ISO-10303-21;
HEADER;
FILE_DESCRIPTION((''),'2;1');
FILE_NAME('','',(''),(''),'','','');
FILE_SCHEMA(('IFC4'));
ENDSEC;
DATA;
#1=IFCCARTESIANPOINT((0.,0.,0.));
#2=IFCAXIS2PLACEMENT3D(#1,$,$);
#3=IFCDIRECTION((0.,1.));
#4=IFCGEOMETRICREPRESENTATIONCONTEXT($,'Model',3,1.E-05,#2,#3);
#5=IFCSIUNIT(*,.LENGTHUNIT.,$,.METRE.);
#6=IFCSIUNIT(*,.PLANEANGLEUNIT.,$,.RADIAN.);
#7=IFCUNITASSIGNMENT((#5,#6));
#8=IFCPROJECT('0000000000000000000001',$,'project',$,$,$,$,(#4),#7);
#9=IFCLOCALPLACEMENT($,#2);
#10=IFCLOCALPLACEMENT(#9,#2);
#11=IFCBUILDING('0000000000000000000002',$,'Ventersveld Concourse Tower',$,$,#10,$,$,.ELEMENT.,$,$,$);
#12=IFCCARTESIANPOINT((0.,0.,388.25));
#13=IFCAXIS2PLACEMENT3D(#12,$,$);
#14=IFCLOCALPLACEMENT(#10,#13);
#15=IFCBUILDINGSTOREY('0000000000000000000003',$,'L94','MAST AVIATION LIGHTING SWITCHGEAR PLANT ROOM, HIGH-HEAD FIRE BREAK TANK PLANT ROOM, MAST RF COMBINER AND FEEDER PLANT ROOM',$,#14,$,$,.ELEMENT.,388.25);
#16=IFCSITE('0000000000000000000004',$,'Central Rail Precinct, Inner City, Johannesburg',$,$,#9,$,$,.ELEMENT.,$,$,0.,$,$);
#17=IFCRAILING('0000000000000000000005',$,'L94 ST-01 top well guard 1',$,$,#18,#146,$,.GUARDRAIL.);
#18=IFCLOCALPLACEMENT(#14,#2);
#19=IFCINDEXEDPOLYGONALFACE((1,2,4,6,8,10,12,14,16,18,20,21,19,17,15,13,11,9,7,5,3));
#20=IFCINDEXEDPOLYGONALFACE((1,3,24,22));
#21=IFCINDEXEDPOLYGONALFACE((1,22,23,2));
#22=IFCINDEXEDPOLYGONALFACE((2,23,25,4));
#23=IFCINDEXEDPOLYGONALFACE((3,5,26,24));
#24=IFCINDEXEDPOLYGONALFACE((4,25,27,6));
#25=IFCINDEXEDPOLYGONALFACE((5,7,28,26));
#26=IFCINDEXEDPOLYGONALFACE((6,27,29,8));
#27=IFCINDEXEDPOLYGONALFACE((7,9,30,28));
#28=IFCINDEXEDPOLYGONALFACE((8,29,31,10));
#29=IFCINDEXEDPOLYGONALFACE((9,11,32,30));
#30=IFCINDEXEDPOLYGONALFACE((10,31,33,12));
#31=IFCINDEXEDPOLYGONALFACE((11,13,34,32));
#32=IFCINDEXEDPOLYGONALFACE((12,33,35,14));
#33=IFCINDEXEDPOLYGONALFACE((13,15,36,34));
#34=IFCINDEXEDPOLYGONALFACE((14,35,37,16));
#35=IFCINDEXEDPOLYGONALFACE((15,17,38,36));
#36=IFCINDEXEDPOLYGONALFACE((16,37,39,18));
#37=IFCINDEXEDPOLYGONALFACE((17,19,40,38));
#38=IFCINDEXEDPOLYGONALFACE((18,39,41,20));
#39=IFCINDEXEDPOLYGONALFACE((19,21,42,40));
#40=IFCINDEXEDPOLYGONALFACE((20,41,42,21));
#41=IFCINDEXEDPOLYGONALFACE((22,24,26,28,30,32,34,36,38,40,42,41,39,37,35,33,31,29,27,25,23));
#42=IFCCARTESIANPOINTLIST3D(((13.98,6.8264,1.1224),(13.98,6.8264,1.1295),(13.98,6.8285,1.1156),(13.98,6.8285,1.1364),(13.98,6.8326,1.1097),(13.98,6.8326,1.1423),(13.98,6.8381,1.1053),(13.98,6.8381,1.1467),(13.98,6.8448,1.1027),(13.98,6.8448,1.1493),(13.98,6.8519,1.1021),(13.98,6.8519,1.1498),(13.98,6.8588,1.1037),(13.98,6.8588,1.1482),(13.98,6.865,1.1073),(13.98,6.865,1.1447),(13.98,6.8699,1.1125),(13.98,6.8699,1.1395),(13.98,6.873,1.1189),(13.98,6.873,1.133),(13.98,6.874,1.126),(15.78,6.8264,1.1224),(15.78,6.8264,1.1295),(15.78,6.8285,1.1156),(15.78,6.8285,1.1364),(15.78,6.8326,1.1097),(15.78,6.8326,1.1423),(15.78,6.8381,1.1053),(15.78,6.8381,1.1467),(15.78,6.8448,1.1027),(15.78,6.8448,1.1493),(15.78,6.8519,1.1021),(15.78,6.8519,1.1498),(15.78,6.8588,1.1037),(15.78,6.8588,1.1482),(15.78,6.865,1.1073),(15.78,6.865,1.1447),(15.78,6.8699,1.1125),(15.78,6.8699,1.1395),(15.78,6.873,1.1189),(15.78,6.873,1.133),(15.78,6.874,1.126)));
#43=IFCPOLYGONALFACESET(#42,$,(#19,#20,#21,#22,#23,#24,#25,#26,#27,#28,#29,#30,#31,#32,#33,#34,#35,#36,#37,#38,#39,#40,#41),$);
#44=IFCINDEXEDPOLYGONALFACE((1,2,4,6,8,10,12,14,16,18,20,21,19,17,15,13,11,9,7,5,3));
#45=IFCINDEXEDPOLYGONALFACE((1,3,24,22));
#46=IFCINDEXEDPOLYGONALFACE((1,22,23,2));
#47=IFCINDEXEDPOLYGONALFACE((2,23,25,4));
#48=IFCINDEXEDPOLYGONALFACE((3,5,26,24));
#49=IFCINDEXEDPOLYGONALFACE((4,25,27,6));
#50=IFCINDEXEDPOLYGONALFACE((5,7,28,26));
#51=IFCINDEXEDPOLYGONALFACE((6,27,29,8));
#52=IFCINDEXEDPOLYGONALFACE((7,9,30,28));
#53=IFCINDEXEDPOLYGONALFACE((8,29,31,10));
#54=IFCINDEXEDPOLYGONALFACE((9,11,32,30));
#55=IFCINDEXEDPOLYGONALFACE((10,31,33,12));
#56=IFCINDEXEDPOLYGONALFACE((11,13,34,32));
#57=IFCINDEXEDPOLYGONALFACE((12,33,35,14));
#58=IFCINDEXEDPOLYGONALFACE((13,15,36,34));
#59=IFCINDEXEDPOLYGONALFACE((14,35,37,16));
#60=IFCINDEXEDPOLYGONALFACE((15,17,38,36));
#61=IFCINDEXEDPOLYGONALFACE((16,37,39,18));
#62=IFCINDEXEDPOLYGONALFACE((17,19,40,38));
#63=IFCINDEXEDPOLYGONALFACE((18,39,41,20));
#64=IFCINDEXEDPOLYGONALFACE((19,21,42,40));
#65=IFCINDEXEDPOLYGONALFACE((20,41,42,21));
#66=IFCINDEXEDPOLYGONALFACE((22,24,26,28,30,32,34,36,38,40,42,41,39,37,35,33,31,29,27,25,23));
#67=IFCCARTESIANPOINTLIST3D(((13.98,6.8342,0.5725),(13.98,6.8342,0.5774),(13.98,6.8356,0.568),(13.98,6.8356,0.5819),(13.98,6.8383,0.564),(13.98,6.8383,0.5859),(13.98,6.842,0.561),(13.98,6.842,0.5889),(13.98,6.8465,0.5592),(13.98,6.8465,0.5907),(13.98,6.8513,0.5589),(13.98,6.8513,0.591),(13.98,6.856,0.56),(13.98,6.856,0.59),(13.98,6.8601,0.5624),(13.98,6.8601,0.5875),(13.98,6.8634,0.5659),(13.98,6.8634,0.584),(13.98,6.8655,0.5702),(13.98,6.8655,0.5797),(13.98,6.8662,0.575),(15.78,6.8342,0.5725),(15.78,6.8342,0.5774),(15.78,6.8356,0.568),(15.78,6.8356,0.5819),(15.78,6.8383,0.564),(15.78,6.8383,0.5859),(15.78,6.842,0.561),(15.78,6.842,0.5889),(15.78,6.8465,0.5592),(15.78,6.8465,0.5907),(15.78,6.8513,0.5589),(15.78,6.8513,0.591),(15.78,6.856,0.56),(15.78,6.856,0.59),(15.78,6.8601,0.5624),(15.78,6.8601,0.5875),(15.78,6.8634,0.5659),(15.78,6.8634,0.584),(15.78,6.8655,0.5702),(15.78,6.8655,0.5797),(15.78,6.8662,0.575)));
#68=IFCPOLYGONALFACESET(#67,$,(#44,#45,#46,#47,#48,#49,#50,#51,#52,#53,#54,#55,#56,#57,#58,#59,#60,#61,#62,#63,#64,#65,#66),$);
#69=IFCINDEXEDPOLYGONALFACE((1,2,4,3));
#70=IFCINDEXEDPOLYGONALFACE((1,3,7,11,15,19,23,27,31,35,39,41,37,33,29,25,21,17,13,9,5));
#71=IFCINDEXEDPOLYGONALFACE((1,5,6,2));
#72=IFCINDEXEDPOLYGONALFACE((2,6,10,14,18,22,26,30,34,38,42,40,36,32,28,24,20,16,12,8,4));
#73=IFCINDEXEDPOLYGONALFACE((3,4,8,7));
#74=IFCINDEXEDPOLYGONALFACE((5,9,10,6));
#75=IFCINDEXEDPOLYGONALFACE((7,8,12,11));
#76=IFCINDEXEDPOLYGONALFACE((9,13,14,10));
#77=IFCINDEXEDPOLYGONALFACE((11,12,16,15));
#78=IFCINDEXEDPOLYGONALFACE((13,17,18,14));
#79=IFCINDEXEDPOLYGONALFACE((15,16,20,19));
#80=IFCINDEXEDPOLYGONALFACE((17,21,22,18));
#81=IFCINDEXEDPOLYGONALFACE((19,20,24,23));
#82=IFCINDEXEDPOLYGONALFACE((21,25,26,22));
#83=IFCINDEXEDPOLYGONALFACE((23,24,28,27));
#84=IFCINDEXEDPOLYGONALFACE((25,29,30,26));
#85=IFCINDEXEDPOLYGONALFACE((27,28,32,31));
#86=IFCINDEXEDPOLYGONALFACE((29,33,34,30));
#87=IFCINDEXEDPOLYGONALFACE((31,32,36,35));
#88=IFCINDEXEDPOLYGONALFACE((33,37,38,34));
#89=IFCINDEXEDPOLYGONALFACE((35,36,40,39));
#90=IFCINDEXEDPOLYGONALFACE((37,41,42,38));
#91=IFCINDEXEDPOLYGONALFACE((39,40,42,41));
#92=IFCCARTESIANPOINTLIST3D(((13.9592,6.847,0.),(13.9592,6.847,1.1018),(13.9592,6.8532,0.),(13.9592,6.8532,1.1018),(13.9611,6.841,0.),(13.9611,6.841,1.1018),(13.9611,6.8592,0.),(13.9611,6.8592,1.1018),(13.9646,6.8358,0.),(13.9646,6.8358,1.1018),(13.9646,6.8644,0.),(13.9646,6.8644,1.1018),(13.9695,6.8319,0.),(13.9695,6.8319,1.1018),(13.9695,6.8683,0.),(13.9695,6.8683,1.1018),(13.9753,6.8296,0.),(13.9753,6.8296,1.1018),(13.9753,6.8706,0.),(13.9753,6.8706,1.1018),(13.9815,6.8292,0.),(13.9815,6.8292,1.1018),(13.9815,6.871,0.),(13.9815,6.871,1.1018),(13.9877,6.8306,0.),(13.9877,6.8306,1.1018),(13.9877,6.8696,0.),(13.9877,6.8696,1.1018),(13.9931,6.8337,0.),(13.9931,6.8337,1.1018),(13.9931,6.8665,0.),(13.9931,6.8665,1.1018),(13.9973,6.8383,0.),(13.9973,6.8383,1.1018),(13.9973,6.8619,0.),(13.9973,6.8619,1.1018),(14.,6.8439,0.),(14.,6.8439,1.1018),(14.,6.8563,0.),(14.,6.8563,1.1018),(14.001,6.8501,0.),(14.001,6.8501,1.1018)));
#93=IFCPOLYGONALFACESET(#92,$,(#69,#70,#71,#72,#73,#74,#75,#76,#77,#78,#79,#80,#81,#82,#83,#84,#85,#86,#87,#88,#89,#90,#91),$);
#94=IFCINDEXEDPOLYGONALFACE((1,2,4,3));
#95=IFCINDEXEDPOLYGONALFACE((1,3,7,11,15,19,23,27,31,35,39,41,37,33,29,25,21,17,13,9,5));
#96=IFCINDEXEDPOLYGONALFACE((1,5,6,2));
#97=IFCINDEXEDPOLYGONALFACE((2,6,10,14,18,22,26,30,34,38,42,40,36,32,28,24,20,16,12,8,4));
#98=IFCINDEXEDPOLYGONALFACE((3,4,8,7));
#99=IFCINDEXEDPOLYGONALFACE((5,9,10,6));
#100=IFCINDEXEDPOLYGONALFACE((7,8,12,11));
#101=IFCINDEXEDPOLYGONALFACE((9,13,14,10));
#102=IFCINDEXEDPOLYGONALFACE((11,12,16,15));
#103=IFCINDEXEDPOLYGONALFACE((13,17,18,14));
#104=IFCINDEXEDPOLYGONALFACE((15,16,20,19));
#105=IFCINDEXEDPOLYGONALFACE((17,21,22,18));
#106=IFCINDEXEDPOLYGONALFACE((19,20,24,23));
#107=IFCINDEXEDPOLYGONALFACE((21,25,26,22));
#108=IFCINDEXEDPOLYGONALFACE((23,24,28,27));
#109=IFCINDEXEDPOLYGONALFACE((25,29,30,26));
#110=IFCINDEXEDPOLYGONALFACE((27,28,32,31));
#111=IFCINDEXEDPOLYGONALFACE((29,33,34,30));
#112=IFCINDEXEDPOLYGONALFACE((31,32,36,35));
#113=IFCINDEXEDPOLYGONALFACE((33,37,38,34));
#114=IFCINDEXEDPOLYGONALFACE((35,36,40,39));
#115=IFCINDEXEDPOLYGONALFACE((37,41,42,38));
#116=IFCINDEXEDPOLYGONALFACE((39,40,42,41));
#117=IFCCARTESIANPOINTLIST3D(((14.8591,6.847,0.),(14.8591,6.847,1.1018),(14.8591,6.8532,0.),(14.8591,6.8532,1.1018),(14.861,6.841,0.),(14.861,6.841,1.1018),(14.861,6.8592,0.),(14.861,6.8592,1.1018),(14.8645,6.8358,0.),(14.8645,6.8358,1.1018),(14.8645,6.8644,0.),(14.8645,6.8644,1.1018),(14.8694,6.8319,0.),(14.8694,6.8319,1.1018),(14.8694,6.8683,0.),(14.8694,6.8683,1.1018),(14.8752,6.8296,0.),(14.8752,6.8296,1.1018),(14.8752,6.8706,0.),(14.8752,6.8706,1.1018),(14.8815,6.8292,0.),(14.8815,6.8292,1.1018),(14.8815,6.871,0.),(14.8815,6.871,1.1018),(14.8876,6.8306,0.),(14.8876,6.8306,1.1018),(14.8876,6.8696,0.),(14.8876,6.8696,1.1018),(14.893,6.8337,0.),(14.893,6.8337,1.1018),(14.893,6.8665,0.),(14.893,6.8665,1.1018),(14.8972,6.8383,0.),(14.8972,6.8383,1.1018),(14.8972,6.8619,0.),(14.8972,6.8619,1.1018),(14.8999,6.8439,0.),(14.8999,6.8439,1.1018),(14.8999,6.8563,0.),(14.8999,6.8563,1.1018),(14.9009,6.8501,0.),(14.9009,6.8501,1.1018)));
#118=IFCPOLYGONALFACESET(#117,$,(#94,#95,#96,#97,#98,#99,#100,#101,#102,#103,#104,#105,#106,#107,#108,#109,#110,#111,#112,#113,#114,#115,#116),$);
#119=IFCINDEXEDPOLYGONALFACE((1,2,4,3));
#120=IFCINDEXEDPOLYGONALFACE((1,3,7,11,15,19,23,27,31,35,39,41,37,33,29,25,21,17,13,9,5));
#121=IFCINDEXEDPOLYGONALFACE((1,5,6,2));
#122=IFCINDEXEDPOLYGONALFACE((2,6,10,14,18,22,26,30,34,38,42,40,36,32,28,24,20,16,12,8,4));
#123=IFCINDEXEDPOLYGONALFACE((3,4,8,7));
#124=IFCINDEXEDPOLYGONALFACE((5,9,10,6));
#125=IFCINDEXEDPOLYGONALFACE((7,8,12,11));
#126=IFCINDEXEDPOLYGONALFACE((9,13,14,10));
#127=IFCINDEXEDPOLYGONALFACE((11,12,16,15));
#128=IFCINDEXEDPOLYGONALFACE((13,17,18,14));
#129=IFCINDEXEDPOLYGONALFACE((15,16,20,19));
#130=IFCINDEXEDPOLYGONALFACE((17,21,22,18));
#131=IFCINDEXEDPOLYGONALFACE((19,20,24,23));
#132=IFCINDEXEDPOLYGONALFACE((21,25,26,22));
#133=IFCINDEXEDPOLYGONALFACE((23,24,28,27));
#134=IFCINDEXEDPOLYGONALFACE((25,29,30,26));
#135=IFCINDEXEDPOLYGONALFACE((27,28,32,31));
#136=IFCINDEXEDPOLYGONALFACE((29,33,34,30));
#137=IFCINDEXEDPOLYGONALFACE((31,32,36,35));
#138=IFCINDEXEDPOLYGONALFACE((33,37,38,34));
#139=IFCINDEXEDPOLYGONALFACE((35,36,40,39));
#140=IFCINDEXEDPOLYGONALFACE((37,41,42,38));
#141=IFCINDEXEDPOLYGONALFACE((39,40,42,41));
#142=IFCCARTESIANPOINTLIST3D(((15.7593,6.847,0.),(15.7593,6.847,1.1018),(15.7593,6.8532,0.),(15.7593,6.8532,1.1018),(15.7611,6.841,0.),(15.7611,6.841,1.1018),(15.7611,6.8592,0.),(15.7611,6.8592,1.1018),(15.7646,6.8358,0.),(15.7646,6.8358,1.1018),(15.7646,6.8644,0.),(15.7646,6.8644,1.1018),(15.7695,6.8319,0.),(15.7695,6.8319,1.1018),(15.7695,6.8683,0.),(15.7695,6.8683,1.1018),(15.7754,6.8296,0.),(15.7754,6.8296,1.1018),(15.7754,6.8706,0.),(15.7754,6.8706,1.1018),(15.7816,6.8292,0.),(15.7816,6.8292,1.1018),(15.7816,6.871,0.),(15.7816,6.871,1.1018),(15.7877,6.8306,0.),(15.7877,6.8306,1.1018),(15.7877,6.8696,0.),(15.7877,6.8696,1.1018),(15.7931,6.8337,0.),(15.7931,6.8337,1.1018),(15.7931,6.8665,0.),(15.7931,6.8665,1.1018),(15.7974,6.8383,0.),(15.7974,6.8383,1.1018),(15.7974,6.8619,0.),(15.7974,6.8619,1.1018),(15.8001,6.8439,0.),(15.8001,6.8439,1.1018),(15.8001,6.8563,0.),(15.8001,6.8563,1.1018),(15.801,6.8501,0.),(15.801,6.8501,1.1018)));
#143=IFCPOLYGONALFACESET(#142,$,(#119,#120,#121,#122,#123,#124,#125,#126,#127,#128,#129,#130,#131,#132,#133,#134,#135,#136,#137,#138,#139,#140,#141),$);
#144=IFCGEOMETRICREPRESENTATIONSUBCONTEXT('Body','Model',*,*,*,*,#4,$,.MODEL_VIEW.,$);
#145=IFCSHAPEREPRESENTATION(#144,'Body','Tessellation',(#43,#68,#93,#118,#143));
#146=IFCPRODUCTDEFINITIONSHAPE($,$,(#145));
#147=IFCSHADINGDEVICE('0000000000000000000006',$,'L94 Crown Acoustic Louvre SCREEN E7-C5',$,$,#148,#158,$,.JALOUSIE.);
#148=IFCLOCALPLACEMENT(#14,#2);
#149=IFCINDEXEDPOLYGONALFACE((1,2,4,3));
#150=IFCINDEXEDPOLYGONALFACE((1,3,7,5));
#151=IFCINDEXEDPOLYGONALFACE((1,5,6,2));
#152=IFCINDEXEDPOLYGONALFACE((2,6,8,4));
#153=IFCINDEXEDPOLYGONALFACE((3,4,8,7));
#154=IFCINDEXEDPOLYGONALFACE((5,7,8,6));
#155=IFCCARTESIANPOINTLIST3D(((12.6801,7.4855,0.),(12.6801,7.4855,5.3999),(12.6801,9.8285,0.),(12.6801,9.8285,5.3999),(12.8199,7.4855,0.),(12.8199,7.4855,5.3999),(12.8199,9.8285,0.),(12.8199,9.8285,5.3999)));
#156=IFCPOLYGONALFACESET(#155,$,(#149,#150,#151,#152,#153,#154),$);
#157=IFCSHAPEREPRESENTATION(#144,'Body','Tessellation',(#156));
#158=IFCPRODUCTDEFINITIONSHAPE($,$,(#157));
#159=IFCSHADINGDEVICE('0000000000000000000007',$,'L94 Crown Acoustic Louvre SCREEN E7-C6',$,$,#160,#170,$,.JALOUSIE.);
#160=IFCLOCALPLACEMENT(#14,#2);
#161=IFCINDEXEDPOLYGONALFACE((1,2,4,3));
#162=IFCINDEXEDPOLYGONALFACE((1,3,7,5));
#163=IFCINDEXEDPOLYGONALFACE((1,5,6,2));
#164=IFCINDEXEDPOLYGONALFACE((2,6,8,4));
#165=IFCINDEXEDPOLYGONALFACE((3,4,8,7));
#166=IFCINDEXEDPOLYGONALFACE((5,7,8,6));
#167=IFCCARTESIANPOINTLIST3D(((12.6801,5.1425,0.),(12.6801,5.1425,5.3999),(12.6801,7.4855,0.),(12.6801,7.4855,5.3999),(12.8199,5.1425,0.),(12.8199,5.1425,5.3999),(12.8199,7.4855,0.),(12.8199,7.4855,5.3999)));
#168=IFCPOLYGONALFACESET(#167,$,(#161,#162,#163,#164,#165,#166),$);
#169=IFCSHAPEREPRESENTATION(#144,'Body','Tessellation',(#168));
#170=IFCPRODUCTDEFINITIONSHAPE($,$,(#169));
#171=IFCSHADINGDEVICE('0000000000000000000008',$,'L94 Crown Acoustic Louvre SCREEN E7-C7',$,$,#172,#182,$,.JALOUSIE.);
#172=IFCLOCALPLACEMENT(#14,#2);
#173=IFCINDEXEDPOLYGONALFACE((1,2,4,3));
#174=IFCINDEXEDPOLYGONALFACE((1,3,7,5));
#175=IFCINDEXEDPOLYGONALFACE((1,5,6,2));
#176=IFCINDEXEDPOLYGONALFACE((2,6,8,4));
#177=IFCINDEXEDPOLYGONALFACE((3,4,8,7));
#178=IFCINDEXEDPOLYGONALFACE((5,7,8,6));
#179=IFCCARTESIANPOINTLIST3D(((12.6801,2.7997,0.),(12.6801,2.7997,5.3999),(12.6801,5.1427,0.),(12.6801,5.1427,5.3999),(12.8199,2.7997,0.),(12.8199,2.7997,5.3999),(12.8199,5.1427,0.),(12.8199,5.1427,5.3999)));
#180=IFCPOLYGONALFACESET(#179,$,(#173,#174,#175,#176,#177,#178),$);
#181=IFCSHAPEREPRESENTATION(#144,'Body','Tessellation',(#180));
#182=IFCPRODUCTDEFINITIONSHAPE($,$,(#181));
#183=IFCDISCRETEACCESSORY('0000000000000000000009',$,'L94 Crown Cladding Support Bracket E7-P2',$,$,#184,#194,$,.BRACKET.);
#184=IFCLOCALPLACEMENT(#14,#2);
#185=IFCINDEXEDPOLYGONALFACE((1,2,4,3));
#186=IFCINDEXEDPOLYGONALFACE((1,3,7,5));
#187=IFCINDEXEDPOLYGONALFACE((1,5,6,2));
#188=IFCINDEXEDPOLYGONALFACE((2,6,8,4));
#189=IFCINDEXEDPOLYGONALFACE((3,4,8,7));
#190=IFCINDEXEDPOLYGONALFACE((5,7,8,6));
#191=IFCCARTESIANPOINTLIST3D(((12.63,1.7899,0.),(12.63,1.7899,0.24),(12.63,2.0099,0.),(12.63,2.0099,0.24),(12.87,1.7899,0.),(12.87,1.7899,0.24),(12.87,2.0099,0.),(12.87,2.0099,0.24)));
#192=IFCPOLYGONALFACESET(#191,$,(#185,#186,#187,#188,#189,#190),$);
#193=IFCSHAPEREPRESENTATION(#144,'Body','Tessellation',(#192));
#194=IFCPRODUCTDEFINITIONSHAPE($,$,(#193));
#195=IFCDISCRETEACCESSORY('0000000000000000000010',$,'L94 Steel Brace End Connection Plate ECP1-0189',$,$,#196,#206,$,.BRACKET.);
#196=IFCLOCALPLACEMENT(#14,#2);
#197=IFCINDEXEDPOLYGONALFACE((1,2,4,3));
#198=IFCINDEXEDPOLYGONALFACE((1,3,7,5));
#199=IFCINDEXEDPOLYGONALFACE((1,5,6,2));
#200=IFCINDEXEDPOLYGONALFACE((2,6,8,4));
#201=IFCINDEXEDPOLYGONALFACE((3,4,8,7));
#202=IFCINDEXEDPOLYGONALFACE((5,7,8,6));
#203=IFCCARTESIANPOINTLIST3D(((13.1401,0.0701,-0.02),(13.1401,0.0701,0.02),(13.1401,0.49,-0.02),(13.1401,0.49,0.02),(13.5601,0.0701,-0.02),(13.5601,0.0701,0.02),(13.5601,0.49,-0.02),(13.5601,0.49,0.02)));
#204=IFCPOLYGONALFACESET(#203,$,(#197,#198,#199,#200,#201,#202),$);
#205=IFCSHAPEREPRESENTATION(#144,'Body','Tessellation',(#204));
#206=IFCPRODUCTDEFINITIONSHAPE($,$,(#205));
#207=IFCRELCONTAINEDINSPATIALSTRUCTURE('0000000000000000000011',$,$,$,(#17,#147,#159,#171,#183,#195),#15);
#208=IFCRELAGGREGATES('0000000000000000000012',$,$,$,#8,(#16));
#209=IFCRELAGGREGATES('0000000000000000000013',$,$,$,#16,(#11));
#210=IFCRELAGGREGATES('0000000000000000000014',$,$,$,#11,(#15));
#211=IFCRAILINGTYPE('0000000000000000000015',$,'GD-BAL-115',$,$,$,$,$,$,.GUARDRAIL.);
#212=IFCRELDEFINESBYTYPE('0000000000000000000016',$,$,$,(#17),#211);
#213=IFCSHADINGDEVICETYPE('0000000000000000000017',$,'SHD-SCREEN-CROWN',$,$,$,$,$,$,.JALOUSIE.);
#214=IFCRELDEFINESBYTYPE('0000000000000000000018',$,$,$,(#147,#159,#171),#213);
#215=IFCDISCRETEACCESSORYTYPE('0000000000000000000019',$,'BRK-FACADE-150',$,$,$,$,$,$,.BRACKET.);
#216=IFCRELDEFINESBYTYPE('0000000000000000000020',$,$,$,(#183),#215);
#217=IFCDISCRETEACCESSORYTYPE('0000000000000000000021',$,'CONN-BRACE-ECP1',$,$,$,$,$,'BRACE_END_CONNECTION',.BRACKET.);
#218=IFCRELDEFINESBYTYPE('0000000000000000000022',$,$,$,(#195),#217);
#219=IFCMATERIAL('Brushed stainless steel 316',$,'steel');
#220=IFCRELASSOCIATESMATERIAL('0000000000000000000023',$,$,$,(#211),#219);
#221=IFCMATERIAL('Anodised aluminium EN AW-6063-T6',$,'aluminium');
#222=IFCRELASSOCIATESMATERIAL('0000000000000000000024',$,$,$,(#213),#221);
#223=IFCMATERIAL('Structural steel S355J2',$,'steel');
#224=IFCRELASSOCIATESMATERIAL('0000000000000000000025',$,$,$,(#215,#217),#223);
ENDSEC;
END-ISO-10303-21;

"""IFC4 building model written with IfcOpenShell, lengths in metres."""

from ifc_helpers import new_model, si_unit, direction, frame, origin, origin_2d, place, context, subcontext, project, spatial, rectangle, circle, extrude, material, type_object, element, save


model = new_model("IFC4")

# Units and contexts
model_context = context("Model", 3, precision=1e-05, world=origin(), true_north=direction((0.0, 1.0)))
body_context = subcontext(model_context, "Body", "Model", "MODEL_VIEW")
ifc_project = project(units=[si_unit("LENGTHUNIT", "METRE"), si_unit("PLANEANGLEUNIT", "RADIAN")], contexts=[model_context])

# Site, building, storey
site_placement = place(None, origin())
site = spatial("IfcSite", under=ifc_project, at=site_placement, Name="Central Rail Precinct, Inner City, Johannesburg", CompositionType="ELEMENT", RefElevation=0.0)
building_placement = place(site_placement, origin())
building = spatial("IfcBuilding", under=site, at=building_placement, Name="Ventersveld Concourse Tower", CompositionType="ELEMENT")
storey_placement = place(building_placement, frame((0.0, 0.0, 388.25)))
storey = spatial("IfcBuildingStorey", under=building, at=storey_placement, Name="L94", Description="MAST AVIATION LIGHTING SWITCHGEAR PLANT ROOM, HIGH-HEAD FIRE BREAK TANK PLANT ROOM, MAST RF COMBINER AND FEEDER PLANT ROOM", CompositionType="ELEMENT", Elevation=388.25)

# Shared definitions
ifc_material_1 = material(Name="Structural steel S355J2", Category="steel")

# Railing
ifc_material_2 = material(Name="Brushed stainless steel 316", Category="steel")
railing_type = type_object("IfcRailingType", Name="GD-BAL-115", PredefinedType="GUARDRAIL", material=ifc_material_2)
railing_placement = place(storey_placement, frame((13.98, 6.8501, 0.0)))
element("IfcRailing", 1, at=railing_placement, inside=storey, type_object=railing_type, Name="L94 ST-01 top well guard 1", PredefinedType="GUARDRAIL", context=body_context, shape_type="SweptSolid", body=[
    extrude(circle(Radius=0.0239, at=origin_2d()), frame((0.0, 0.0, 1.126), z_axis=(1.0, 0.0, 0.0), x_axis=(0.0, 1.0, 0.0)), (0.0, 0.0, 1.0), 1.8),
    extrude(circle(Radius=0.0161, at=origin_2d()), frame((0.0, 0.0, 0.575), z_axis=(1.0, 0.0, 0.0), x_axis=(0.0, 1.0, 0.0)), (0.0, 0.0, 1.0), 1.8),
    extrude(circle(Radius=0.021, at=origin_2d()), origin(), (0.0, 0.0, 1.0), 1.1018),
    extrude(circle(Radius=0.021, at=origin_2d()), frame((0.8999, 0.0, 0.0)), (0.0, 0.0, 1.0), 1.1018),
    extrude(circle(Radius=0.021, at=origin_2d()), frame((1.8, 0.0, 0.0)), (0.0, 0.0, 1.0), 1.1018),
])

# Shading devices
ifc_material_3 = material(Name="Anodised aluminium EN AW-6063-T6", Category="aluminium")
shading_device_type = type_object("IfcShadingDeviceType", Name="SHD-SCREEN-CROWN", PredefinedType="JALOUSIE", material=ifc_material_3)
for number, where, z_axis, x_axis, name in (
    (2, (12.75, 8.657, 0.0), (0.0, 0.0, 1.0), (0.0, -1.0, 0.0), "L94 Crown Acoustic Louvre SCREEN E7-C5"),
    (3, (12.75, 6.314, 0.0), (0.0, 0.0, 1.0), (0.0, -1.0, 0.0), "L94 Crown Acoustic Louvre SCREEN E7-C6"),
    (4, (12.75, 3.9712, 0.0), (0.0, 0.0, 1.0), (0.0, -1.0, 0.0), "L94 Crown Acoustic Louvre SCREEN E7-C7"),
):
    element("IfcShadingDevice", number, at=place(storey_placement, frame(where, z_axis=z_axis, x_axis=x_axis)), inside=storey, type_object=shading_device_type, Name=name, PredefinedType="JALOUSIE", context=body_context, shape_type="SweptSolid", body=[
        extrude(rectangle(XDim=2.343, YDim=0.1399, at=origin_2d()), origin(), (0.0, 0.0, 1.0), 5.3999),
    ])

# Discrete accessories
discrete_accessory_type_1 = type_object("IfcDiscreteAccessoryType", Name="BRK-FACADE-150", PredefinedType="BRACKET", material=ifc_material_1)
discrete_accessory_1_placement = place(storey_placement, frame((12.75, 1.8999, 0.0), z_axis=(0.0, 0.0, 1.0), x_axis=(0.0, -1.0, 0.0)))
element("IfcDiscreteAccessory", 5, at=discrete_accessory_1_placement, inside=storey, type_object=discrete_accessory_type_1, Name="L94 Crown Cladding Support Bracket E7-P2", PredefinedType="BRACKET", context=body_context, shape_type="SweptSolid", body=[
    extrude(rectangle(XDim=0.22, YDim=0.24, at=origin_2d()), origin(), (0.0, 0.0, 1.0), 0.24),
])
discrete_accessory_type_2 = type_object("IfcDiscreteAccessoryType", Name="CONN-BRACE-ECP1", ElementType="BRACE_END_CONNECTION", PredefinedType="BRACKET", material=ifc_material_1)
discrete_accessory_2_placement = place(storey_placement, frame((13.3501, 0.28, -0.02), z_axis=(0.0, 0.0, 1.0), x_axis=(1.0, 0.0, 0.0)))
element("IfcDiscreteAccessory", 6, at=discrete_accessory_2_placement, inside=storey, type_object=discrete_accessory_type_2, Name="L94 Steel Brace End Connection Plate ECP1-0189", PredefinedType="BRACKET", context=body_context, shape_type="SweptSolid", body=[
    extrude(rectangle(XDim=0.4199, YDim=0.4199, at=origin_2d()), origin(), (0.0, 0.0, 1.0), 0.04),
])

save(model, "model.ifc")
